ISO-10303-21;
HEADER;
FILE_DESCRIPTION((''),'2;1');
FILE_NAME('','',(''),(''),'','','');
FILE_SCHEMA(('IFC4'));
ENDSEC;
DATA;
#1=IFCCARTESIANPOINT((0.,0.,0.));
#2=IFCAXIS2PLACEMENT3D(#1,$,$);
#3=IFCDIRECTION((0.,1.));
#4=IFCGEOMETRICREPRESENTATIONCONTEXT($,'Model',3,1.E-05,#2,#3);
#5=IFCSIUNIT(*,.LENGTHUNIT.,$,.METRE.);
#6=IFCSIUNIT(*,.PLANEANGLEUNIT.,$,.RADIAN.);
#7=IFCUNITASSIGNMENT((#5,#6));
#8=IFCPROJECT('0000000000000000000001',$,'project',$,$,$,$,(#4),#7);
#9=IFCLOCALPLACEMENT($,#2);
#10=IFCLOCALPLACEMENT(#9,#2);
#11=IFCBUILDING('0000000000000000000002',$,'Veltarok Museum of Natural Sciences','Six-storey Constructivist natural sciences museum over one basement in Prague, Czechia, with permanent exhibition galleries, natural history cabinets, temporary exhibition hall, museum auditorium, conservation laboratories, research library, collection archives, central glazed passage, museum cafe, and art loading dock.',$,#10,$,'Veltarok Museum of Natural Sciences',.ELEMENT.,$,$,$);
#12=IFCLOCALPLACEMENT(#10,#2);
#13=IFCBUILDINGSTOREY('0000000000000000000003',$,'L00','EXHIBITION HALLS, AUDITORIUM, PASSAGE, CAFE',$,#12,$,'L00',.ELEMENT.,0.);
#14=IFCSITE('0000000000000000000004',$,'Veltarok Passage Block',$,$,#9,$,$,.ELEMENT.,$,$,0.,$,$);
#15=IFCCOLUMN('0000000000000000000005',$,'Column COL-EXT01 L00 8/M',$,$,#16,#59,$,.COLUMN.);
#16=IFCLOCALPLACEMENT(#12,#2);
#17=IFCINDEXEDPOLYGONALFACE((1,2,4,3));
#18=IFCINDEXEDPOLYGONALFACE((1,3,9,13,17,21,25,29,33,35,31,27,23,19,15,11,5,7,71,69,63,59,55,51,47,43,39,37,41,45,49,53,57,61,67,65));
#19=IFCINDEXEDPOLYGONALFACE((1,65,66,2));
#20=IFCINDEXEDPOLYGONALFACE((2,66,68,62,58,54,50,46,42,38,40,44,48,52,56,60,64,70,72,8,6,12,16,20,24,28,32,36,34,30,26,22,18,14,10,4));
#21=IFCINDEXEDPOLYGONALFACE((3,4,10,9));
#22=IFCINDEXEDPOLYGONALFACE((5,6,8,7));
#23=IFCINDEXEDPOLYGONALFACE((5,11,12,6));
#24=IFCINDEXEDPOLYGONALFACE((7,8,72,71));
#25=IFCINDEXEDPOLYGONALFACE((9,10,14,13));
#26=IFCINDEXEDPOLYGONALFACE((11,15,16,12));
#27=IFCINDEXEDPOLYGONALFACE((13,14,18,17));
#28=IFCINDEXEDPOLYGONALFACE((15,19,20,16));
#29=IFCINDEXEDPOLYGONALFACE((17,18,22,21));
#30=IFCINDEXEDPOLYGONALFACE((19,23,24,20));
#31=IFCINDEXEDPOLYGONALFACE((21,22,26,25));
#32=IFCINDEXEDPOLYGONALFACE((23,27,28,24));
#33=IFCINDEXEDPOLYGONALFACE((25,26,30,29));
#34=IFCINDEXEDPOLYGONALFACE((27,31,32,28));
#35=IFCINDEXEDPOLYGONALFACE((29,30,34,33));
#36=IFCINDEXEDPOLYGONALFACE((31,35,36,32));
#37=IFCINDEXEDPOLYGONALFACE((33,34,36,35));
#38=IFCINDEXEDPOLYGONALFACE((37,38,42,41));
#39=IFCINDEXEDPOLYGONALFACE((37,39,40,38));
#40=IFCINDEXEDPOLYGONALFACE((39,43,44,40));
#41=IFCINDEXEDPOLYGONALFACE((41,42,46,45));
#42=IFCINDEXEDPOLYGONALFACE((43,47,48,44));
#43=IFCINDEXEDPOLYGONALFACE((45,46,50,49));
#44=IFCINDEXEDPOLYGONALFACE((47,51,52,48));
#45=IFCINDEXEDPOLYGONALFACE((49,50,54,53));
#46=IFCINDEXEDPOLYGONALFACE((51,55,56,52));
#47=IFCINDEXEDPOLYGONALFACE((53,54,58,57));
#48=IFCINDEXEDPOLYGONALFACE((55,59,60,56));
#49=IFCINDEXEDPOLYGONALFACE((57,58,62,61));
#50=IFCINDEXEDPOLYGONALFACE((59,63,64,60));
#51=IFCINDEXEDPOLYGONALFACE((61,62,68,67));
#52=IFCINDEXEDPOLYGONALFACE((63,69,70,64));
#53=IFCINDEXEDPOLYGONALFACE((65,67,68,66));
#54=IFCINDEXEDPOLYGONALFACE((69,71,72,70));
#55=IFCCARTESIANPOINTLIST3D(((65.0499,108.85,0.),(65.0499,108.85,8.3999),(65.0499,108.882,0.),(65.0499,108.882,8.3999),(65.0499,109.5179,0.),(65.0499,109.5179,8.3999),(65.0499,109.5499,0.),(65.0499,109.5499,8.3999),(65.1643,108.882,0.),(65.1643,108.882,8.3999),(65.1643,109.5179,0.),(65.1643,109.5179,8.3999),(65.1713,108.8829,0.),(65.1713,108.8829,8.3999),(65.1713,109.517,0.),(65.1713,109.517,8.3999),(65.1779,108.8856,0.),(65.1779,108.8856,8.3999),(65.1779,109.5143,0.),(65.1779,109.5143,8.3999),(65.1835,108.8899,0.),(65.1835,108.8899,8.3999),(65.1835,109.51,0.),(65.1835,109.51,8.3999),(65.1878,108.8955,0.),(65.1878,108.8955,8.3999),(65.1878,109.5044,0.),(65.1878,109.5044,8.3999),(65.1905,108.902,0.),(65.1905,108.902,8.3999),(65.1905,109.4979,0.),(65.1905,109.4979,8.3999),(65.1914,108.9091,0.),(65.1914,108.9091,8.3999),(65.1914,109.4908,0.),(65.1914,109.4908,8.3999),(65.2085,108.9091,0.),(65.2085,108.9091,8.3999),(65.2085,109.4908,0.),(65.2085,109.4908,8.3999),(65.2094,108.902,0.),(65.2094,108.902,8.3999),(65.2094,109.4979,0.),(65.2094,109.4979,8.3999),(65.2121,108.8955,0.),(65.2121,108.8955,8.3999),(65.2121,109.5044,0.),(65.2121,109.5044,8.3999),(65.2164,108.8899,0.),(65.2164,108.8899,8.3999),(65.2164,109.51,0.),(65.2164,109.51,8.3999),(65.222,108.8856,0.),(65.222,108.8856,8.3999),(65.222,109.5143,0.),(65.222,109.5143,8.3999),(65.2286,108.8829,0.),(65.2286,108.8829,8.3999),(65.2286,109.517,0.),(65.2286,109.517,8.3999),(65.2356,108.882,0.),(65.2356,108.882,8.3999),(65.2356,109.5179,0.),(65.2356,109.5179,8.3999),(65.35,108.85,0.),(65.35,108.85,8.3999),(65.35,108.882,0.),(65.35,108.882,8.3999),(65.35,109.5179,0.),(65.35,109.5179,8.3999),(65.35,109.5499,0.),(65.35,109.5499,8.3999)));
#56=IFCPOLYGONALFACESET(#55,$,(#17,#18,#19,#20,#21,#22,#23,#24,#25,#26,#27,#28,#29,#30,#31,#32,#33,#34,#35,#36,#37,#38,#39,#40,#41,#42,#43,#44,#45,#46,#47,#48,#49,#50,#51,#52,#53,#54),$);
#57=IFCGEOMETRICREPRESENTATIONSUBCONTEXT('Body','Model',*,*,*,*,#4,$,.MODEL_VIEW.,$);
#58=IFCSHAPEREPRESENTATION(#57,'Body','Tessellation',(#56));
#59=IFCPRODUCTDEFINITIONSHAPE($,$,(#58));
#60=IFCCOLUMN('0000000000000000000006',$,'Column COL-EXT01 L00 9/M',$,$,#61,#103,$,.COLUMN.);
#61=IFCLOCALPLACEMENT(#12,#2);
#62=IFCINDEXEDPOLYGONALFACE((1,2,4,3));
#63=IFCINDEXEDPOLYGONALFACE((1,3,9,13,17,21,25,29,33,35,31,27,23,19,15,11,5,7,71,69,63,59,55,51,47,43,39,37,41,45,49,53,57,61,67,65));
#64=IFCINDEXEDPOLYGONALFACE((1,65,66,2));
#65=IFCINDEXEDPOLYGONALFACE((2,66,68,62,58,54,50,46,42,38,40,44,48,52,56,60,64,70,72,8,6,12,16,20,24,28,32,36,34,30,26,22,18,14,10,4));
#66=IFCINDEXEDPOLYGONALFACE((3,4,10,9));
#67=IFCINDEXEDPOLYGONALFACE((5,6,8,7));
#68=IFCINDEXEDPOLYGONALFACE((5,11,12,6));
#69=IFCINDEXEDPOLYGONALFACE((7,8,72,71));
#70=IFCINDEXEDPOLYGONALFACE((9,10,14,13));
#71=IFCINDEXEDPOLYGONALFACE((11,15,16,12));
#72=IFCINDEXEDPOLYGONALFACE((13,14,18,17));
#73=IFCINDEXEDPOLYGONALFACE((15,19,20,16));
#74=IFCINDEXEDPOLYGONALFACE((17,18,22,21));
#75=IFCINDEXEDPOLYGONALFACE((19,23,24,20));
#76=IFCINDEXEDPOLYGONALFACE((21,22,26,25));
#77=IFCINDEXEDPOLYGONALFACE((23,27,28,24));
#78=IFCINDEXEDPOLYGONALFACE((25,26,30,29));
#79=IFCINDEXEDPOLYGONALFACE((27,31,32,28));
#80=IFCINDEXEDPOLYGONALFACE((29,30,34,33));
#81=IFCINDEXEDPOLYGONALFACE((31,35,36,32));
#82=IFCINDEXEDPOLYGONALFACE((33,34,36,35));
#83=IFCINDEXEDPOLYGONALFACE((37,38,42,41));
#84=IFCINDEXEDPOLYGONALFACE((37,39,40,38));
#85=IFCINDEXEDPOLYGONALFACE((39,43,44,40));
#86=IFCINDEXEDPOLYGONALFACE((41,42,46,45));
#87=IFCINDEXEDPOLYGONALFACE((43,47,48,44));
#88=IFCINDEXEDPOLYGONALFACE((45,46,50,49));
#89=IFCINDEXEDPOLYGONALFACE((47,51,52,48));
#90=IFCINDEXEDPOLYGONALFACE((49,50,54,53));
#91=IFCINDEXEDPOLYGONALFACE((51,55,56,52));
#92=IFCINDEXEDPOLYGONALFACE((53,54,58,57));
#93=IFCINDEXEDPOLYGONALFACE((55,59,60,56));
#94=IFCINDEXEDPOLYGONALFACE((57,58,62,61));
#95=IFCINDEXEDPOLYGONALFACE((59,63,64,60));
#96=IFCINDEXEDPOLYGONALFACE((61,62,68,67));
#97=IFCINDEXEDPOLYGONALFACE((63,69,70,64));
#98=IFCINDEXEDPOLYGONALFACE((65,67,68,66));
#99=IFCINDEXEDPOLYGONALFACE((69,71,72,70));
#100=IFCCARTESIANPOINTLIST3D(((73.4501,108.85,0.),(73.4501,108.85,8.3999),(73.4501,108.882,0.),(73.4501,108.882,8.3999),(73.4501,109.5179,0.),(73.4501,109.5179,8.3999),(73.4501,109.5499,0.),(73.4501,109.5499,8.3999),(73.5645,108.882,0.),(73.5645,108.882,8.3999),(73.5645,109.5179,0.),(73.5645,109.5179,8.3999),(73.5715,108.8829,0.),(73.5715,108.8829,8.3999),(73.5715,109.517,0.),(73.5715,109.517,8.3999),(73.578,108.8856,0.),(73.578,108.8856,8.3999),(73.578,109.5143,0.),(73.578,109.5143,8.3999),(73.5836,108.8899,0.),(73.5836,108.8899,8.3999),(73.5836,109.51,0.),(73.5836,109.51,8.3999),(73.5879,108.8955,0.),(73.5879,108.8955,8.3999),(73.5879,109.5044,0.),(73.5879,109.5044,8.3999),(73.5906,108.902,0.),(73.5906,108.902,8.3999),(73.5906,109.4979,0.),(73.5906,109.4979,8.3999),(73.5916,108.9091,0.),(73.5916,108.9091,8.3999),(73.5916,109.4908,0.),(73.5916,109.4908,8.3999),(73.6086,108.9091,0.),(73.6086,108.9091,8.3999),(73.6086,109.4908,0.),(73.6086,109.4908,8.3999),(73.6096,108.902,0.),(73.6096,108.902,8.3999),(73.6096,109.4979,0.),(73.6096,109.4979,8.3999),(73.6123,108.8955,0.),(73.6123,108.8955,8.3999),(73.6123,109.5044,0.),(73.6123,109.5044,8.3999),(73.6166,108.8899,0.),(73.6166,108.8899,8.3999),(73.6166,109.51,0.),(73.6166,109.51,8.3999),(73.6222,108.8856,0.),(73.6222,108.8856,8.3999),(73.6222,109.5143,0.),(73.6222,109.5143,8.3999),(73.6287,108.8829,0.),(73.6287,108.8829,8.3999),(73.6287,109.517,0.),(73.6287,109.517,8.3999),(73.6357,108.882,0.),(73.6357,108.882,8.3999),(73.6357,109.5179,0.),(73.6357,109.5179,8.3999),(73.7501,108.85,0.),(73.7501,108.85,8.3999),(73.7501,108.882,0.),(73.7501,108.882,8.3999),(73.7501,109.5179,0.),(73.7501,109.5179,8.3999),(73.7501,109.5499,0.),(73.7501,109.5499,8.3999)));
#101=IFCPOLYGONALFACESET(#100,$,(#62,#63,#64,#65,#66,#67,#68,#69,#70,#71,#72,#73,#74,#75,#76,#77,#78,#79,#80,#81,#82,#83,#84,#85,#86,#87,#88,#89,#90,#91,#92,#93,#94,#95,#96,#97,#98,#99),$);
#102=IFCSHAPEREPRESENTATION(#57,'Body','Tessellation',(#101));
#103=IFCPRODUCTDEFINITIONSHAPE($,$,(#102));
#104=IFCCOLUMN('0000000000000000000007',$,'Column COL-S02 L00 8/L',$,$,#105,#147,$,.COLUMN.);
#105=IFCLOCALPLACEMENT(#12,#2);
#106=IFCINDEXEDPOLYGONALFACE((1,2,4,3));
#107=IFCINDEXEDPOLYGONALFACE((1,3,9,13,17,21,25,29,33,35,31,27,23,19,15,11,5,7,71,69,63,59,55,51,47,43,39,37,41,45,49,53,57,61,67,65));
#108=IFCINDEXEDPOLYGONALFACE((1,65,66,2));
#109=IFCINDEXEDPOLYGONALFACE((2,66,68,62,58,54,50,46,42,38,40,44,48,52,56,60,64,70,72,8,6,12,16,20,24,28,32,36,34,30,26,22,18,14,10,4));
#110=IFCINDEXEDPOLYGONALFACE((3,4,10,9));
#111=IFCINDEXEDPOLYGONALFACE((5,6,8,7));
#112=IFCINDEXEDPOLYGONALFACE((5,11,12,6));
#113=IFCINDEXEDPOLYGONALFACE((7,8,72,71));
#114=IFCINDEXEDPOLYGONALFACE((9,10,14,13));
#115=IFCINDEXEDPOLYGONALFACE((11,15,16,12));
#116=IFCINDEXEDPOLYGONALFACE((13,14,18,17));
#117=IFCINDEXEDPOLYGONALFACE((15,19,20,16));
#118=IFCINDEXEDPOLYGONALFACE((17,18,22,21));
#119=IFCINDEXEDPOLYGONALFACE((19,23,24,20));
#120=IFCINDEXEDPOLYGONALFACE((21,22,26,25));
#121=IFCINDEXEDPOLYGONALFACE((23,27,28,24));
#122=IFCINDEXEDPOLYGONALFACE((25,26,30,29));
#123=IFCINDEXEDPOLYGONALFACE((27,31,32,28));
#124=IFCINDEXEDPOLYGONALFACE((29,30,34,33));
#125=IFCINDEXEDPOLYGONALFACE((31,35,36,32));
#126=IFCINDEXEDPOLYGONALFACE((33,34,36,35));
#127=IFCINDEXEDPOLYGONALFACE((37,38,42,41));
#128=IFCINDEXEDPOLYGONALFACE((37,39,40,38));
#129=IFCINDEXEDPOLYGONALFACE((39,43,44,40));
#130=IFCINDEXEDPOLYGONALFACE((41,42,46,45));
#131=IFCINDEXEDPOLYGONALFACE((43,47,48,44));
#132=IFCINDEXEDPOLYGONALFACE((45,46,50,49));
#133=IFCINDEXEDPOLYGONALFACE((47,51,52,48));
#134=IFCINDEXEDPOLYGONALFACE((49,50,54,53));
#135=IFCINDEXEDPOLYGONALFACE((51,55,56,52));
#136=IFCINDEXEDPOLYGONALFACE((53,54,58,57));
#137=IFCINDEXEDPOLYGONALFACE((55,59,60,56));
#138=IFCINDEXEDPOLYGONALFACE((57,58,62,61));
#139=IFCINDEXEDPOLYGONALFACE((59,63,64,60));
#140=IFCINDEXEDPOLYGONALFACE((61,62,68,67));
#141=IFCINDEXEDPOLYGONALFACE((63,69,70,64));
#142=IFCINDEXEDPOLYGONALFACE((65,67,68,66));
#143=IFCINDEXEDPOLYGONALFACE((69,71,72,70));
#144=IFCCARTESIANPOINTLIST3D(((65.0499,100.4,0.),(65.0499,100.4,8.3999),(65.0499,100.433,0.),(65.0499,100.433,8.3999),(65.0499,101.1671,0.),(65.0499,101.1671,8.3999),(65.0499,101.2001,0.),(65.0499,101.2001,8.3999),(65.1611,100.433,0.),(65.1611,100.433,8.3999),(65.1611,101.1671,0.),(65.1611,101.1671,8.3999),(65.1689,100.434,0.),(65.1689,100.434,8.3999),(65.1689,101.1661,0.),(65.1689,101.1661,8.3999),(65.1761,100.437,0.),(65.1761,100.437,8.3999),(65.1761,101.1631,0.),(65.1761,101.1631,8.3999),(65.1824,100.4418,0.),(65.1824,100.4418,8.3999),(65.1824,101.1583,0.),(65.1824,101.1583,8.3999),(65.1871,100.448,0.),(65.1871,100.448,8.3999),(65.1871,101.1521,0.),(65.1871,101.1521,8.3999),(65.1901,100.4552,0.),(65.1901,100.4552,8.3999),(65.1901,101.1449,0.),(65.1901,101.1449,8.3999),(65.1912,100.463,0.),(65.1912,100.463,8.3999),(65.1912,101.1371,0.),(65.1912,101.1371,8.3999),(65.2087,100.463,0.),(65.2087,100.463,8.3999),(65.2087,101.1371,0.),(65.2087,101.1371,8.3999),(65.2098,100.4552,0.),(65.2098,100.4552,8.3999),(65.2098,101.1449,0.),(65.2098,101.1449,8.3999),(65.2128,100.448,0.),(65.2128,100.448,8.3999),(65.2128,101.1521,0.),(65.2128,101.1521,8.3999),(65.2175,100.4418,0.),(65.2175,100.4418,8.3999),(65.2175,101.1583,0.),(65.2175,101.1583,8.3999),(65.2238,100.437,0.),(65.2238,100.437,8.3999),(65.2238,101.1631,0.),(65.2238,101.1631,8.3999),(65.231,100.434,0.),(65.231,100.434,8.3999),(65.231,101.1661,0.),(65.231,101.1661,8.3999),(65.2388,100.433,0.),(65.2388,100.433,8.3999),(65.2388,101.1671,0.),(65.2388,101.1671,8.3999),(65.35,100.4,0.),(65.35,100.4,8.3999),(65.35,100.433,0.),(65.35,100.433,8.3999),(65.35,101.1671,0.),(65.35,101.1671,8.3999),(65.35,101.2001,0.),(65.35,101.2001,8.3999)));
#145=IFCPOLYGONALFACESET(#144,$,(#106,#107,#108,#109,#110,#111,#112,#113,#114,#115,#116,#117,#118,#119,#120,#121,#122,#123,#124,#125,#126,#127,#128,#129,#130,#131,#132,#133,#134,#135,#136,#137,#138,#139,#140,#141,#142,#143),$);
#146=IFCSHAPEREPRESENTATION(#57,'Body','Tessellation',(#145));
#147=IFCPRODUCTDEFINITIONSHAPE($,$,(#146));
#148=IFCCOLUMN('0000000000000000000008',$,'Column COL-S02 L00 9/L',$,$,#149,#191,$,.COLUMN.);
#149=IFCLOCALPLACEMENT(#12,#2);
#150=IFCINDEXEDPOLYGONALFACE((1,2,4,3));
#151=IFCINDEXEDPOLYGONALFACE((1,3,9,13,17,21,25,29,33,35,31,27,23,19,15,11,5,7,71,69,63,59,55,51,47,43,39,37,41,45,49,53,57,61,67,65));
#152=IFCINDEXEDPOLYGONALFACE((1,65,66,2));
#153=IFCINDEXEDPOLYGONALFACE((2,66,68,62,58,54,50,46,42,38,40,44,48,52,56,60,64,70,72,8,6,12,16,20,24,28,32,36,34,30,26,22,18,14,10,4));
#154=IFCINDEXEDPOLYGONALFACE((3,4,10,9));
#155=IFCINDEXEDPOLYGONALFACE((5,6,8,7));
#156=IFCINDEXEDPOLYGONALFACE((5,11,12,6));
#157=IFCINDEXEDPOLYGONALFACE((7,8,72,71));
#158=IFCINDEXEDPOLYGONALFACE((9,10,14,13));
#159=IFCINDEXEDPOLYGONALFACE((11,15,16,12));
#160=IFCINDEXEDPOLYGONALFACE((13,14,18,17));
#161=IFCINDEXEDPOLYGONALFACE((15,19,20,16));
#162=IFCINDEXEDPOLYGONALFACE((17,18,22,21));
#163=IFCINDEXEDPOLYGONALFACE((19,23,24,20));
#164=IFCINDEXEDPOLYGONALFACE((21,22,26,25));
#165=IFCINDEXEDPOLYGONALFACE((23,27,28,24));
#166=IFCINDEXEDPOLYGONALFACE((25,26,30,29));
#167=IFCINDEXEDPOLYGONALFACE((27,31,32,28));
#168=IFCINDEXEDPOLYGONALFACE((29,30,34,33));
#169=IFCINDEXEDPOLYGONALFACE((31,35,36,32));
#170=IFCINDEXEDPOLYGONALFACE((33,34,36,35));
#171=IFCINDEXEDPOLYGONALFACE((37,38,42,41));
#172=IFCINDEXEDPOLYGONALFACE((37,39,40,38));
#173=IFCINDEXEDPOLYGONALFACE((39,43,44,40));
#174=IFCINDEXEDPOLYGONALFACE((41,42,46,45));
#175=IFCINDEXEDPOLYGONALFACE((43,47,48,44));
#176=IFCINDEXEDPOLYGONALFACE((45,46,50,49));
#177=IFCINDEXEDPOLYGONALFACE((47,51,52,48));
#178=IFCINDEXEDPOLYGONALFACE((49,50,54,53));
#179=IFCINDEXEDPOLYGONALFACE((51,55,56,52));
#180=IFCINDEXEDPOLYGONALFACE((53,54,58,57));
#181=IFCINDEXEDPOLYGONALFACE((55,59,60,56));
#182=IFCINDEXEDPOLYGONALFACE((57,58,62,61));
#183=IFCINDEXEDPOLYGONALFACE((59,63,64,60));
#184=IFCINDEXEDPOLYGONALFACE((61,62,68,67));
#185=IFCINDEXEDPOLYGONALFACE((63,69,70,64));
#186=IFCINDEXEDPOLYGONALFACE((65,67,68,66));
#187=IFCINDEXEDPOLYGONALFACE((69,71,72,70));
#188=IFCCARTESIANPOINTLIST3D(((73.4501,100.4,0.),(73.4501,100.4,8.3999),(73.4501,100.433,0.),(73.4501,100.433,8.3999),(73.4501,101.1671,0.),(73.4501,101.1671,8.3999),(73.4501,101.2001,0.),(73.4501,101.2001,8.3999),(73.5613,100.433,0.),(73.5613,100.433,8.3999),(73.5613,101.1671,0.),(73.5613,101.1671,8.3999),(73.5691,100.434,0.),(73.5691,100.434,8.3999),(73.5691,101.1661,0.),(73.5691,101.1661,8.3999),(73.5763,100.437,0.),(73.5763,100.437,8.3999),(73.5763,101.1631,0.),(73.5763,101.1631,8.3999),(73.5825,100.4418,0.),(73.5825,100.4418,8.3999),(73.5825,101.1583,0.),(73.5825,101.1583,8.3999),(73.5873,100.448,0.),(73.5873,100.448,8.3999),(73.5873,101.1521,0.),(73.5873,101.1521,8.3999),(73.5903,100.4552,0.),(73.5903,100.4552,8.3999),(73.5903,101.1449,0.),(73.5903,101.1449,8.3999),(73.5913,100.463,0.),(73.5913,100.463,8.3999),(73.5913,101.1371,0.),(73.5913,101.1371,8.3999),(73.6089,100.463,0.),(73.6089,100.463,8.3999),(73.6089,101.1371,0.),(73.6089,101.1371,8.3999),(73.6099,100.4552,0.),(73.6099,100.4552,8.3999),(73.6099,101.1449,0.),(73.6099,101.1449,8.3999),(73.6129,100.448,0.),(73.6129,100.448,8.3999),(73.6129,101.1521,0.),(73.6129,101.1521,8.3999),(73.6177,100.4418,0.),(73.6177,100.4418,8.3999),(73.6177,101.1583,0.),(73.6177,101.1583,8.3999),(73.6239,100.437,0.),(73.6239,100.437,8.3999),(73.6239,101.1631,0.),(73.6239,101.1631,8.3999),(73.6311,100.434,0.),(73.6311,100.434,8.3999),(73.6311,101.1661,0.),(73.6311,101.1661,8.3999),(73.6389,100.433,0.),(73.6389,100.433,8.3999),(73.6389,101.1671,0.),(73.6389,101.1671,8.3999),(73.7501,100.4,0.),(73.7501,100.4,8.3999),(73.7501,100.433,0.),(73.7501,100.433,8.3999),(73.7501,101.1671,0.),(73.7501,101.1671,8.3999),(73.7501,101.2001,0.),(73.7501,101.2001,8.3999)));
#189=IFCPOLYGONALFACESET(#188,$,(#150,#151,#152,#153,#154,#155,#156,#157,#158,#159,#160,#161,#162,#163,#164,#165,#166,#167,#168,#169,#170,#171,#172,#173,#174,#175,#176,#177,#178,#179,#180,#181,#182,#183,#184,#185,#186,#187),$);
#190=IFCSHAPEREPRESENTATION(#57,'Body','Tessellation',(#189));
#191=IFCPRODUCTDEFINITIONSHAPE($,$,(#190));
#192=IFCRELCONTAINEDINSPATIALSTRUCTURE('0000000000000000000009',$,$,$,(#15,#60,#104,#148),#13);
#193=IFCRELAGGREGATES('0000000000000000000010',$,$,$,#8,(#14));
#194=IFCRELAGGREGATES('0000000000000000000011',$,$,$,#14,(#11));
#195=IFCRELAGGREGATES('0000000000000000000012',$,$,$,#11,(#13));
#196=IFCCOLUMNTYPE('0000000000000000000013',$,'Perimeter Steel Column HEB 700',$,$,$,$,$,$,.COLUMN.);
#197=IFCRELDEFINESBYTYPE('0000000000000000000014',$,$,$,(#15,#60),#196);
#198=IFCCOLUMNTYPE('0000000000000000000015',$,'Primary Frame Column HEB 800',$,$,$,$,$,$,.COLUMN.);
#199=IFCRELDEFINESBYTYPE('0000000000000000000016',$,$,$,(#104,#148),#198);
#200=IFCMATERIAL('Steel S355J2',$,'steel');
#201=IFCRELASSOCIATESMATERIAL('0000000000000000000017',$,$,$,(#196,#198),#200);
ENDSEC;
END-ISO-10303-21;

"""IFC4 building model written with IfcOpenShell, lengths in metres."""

from ifc_helpers import new_model, si_unit, direction, frame, origin, origin_2d, place, context, subcontext, project, spatial, i_section, extrude, material, material_profile, profile_set, type_object, element, save


model = new_model("IFC4")

# Units and contexts
model_context = context("Model", 3, precision=1e-05, world=origin(), true_north=direction((0.0, 1.0)))
body_context = subcontext(model_context, "Body", "Model", "MODEL_VIEW")
ifc_project = project(units=[si_unit("LENGTHUNIT", "METRE"), si_unit("PLANEANGLEUNIT", "RADIAN")], contexts=[model_context])

# Site, building, storey
site_placement = place(None, origin())
site = spatial("IfcSite", under=ifc_project, at=site_placement, Name="Veltarok Passage Block", CompositionType="ELEMENT", RefElevation=0.0)
building_placement = place(site_placement, origin())
building = spatial("IfcBuilding", under=site, at=building_placement, Name="Veltarok Museum of Natural Sciences", Description="Six-storey Constructivist natural sciences museum over one basement in Prague, Czechia, with permanent exhibition galleries, natural history cabinets, temporary exhibition hall, museum auditorium, conservation laboratories, research library, collection archives, central glazed passage, museum cafe, and art loading dock.", LongName="Veltarok Museum of Natural Sciences", CompositionType="ELEMENT")
storey_placement = place(building_placement, origin())
storey = spatial("IfcBuildingStorey", under=building, at=storey_placement, Name="L00", Description="EXHIBITION HALLS, AUDITORIUM, PASSAGE, CAFE", LongName="L00", CompositionType="ELEMENT", Elevation=0.0)

# Columns
ifc_material_1 = material(Name="Steel S355J2", Category="steel")
ifc_material_profile_1 = material_profile(ifc_material_1, i_section(OverallWidth=0.3, OverallDepth=0.7, WebThickness=0.0171, FlangeThickness=0.032, FilletRadius=0.0271, at=origin_2d()), Name="HEB 700")
ifc_profile_set_1 = profile_set([ifc_material_profile_1], Name="Steel S355J2")
column_type_1 = type_object("IfcColumnType", Name="Perimeter Steel Column HEB 700", PredefinedType="COLUMN", material=ifc_profile_set_1)
for number, where, z_axis, x_axis, name in (
    (1, (65.2, 109.2, 0.0), (0.0, 0.0, 1.0), (1.0, 0.0, 0.0), "Column COL-EXT01 L00 8/M"),
    (2, (73.6001, 109.2, 0.0), (0.0, 0.0, 1.0), (1.0, 0.0, 0.0), "Column COL-EXT01 L00 9/M"),
):
    element("IfcColumn", number, at=place(storey_placement, frame(where, z_axis=z_axis, x_axis=x_axis)), inside=storey, type_object=column_type_1, Name=name, PredefinedType="COLUMN", context=body_context, shape_type="SweptSolid", body=[
        extrude(i_section(OverallWidth=0.3, OverallDepth=0.7, WebThickness=0.0171, FlangeThickness=0.032, FilletRadius=0.0271, at=origin_2d()), origin(), (0.0, 0.0, 1.0), 8.3999),
    ])
ifc_material_profile_2 = material_profile(ifc_material_1, i_section(OverallWidth=0.3, OverallDepth=0.8, WebThickness=0.0176, FlangeThickness=0.033, FilletRadius=0.03, at=origin_2d()), Name="HEB 800")
ifc_profile_set_2 = profile_set([ifc_material_profile_2], Name="Steel S355J2")
column_type_2 = type_object("IfcColumnType", Name="Primary Frame Column HEB 800", PredefinedType="COLUMN", material=ifc_profile_set_2)
for number, where, z_axis, x_axis, name in (
    (3, (65.2, 100.8, 0.0), (0.0, 0.0, 1.0), (1.0, 0.0, 0.0), "Column COL-S02 L00 8/L"),
    (4, (73.6001, 100.8, 0.0), (0.0, 0.0, 1.0), (1.0, 0.0, 0.0), "Column COL-S02 L00 9/L"),
):
    element("IfcColumn", number, at=place(storey_placement, frame(where, z_axis=z_axis, x_axis=x_axis)), inside=storey, type_object=column_type_2, Name=name, PredefinedType="COLUMN", context=body_context, shape_type="SweptSolid", body=[
        extrude(i_section(OverallWidth=0.3, OverallDepth=0.8, WebThickness=0.0176, FlangeThickness=0.033, FilletRadius=0.03, at=origin_2d()), origin(), (0.0, 0.0, 1.0), 8.3999),
    ])

save(model, "model.ifc")
